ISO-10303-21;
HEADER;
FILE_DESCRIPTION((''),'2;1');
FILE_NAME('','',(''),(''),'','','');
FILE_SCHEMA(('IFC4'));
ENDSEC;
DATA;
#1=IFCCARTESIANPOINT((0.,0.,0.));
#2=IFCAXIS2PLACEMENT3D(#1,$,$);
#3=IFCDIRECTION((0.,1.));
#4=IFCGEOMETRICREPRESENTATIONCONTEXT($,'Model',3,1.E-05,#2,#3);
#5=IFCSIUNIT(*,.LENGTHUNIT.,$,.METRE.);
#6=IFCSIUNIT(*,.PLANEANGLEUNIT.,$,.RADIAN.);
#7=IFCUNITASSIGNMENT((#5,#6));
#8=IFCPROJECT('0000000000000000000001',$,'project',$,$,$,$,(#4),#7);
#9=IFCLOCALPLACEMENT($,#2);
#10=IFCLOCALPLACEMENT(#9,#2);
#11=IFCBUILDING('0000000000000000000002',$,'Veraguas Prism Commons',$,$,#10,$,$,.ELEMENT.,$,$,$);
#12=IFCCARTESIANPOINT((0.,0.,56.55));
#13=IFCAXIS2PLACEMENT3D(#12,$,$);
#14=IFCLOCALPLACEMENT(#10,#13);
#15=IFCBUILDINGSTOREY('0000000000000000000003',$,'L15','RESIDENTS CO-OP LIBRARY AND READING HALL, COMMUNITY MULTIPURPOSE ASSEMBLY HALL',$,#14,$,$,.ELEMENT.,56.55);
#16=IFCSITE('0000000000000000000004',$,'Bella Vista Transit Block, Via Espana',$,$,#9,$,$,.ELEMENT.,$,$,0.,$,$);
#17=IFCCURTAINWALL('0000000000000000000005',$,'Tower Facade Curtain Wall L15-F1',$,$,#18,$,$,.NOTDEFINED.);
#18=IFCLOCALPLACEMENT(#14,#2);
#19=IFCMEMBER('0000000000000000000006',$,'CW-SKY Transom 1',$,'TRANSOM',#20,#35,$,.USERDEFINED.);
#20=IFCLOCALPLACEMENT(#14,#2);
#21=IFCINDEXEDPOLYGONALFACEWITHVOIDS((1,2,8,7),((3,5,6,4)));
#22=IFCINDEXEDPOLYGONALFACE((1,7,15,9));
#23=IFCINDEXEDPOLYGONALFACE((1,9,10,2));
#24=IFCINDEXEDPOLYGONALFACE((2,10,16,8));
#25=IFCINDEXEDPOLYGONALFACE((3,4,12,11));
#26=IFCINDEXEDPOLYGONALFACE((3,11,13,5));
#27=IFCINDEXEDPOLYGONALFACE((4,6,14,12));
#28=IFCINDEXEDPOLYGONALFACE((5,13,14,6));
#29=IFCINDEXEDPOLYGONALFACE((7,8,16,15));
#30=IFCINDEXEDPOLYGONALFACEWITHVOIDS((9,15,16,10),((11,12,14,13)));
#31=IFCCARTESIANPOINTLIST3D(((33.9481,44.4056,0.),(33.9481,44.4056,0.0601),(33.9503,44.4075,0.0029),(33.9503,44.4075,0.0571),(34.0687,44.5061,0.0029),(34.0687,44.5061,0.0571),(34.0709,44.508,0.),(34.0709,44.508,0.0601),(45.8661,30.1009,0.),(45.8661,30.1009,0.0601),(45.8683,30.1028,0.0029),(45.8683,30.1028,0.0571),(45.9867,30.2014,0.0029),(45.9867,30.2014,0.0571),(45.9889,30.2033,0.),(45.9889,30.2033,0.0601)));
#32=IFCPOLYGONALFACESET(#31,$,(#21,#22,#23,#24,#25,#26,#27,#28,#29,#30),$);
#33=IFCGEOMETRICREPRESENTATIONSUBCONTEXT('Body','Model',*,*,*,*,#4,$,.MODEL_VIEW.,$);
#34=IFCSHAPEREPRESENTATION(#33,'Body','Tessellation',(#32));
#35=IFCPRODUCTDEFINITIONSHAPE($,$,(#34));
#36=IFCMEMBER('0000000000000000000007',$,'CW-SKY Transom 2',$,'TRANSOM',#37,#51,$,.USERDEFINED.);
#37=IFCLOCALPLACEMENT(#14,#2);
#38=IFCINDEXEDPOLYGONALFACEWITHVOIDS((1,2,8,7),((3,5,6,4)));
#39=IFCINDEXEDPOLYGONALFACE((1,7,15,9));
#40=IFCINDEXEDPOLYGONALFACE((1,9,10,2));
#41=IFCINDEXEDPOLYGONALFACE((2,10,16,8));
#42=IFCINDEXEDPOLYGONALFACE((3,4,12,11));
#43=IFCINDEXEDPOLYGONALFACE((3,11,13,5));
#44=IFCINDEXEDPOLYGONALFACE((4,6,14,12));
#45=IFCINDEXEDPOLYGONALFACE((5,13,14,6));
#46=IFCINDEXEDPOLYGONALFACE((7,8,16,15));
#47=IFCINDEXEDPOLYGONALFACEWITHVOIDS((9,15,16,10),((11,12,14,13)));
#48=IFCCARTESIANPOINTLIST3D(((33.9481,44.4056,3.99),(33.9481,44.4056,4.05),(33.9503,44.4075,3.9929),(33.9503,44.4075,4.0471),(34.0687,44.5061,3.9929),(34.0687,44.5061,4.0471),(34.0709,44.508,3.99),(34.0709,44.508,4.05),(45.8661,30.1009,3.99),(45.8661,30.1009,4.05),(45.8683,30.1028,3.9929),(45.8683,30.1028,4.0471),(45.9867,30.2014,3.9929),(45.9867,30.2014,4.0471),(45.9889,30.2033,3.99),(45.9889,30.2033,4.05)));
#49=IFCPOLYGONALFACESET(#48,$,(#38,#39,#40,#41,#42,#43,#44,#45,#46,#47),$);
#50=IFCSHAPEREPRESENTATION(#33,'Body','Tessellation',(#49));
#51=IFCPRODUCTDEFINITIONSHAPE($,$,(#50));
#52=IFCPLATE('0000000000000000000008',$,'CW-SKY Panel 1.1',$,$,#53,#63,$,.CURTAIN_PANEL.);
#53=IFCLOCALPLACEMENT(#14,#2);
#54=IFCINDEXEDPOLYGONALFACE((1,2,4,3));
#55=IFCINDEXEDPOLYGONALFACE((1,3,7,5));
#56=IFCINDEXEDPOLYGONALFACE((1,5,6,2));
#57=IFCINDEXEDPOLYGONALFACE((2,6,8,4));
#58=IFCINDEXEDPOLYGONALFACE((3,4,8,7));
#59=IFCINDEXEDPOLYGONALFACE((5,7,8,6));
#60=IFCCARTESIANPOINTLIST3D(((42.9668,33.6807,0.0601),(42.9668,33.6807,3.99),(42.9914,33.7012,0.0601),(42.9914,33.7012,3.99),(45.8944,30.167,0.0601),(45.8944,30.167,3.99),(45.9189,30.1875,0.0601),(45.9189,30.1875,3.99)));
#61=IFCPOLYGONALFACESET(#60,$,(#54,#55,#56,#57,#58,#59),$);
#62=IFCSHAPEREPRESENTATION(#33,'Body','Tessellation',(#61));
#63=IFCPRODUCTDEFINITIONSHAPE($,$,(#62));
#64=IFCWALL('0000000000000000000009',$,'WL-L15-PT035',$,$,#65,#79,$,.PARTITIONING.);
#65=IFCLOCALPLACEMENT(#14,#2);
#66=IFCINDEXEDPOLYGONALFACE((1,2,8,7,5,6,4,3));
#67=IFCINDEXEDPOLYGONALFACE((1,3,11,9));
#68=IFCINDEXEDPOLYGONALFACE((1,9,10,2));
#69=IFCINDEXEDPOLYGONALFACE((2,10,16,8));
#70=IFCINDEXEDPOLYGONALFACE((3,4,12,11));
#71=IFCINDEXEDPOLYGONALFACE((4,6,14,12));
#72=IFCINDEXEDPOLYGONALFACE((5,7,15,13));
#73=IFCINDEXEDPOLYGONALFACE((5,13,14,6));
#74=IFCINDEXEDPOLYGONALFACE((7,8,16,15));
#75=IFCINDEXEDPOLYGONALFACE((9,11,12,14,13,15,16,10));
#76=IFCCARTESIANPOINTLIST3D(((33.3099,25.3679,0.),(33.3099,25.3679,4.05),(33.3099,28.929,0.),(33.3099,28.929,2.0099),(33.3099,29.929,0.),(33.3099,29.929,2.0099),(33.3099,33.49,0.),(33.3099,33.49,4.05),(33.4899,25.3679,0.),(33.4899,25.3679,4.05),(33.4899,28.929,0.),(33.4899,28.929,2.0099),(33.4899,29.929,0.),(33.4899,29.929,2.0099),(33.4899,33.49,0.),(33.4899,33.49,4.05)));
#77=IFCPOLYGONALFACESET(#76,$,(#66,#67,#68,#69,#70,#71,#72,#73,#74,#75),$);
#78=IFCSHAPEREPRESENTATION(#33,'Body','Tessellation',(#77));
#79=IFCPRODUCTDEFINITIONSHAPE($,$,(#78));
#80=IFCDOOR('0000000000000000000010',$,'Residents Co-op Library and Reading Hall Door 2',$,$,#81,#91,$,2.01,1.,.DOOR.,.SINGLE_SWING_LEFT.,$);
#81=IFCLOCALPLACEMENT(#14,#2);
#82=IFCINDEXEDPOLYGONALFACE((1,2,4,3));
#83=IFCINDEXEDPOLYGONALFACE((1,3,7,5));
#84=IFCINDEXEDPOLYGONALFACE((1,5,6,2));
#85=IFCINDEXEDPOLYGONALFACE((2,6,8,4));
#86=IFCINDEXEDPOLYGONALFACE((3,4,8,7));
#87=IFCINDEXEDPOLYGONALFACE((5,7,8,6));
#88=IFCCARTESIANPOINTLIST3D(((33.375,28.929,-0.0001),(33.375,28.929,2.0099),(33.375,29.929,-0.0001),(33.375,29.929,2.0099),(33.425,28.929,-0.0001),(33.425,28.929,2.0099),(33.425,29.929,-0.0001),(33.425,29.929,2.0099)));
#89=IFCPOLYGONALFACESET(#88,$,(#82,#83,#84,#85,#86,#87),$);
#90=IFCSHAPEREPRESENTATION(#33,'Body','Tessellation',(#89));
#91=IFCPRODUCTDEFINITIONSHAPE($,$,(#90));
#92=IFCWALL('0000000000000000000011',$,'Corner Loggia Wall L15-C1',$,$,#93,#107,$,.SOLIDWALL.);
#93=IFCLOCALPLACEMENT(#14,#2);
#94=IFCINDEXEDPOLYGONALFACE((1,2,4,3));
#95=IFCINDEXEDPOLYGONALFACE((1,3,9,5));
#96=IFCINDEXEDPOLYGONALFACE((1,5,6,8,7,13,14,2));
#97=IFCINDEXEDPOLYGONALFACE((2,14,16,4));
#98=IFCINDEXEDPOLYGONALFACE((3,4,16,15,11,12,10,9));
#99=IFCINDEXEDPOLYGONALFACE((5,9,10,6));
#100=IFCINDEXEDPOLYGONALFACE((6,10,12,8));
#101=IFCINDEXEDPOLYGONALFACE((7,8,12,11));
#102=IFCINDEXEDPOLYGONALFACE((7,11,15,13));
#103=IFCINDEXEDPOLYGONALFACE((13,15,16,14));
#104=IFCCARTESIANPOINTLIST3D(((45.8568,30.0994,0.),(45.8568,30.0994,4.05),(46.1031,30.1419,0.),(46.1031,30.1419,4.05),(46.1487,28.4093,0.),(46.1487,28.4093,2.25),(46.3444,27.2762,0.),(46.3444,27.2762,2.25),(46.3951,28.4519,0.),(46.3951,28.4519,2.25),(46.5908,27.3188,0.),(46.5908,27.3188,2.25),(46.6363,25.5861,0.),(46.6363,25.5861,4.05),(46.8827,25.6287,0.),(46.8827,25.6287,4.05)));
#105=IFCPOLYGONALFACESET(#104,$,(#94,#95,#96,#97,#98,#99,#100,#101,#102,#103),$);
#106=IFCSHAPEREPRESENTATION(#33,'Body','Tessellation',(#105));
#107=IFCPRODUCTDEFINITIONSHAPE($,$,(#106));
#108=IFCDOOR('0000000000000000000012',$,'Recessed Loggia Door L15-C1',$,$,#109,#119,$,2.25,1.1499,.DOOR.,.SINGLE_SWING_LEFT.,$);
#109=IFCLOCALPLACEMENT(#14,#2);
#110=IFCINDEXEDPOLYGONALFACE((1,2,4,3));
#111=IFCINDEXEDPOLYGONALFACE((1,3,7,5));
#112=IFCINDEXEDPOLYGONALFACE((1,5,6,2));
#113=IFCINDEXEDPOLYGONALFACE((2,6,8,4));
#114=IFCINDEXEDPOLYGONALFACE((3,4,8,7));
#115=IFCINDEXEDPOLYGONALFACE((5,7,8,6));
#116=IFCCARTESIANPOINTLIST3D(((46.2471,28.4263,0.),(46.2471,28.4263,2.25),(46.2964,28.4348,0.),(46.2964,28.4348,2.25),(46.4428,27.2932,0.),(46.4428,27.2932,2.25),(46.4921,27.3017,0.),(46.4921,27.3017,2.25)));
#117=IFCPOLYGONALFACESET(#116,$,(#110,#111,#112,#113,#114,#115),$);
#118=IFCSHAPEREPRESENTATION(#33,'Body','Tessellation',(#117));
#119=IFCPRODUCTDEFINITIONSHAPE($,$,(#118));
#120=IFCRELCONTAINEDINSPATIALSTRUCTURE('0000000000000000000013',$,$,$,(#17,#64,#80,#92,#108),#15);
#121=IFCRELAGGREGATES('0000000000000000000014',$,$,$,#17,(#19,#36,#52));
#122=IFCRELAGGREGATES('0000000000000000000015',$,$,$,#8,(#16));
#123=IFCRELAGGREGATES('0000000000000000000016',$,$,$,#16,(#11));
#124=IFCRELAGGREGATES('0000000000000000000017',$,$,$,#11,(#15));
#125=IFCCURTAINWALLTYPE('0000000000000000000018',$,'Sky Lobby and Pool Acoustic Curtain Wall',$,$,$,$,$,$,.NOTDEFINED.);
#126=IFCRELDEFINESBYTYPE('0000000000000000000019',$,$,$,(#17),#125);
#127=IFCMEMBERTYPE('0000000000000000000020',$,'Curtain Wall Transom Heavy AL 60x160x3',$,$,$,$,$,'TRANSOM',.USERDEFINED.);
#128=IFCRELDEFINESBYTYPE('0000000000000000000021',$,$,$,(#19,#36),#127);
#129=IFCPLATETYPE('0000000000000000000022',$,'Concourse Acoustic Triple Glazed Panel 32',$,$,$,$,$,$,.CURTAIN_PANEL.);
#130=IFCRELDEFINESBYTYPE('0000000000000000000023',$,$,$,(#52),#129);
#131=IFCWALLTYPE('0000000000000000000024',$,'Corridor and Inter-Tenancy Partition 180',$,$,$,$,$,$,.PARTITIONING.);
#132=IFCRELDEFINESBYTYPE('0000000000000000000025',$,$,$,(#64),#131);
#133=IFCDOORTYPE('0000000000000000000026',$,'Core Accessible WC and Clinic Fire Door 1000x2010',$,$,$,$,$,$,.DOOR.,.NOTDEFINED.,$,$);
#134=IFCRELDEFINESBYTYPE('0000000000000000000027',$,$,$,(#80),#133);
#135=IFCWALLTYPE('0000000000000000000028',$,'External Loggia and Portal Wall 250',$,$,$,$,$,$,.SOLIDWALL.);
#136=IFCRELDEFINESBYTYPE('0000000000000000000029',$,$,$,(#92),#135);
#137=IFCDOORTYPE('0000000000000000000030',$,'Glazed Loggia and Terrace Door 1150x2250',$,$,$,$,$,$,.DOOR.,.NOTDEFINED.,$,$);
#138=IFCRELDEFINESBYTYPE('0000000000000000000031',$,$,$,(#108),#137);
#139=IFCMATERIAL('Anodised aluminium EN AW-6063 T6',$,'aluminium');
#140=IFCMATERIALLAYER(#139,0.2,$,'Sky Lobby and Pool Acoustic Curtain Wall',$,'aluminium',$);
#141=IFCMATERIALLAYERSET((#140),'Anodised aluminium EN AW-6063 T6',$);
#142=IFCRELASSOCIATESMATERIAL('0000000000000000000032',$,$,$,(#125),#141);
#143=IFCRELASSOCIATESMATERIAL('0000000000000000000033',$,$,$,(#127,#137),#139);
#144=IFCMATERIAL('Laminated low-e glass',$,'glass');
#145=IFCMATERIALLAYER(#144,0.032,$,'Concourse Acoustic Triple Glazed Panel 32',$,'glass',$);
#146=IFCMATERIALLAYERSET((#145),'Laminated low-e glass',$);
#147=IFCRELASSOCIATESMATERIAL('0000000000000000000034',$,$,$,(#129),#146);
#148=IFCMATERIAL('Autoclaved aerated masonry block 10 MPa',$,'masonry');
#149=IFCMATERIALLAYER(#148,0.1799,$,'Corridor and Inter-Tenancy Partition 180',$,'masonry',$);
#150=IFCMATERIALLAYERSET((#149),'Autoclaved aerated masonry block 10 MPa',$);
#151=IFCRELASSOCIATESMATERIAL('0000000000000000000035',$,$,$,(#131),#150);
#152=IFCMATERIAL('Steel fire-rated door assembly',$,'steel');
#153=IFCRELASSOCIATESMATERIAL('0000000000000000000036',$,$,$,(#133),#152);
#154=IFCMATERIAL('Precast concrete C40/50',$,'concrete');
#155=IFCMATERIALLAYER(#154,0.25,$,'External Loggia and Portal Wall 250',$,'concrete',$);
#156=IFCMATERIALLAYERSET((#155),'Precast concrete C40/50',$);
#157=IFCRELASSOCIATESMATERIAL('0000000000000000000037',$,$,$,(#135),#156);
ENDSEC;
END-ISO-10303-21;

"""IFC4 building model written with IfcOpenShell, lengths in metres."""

from ifc_helpers import new_model, si_unit, direction, frame, frame_2d, origin, origin_2d, place, context, subcontext, project, spatial, rectangle, hollow_rectangle, extrude, source, transform, mapped, material, layer, layer_set, material_profile, profile_set, type_object, element, fill, aggregate, save


model = new_model("IFC4")

# Units and contexts
model_context = context("Model", 3, precision=1e-05, world=origin(), true_north=direction((0.0, 1.0)))
body_context = subcontext(model_context, "Body", "Model", "MODEL_VIEW")
ifc_project = project(units=[si_unit("LENGTHUNIT", "METRE"), si_unit("PLANEANGLEUNIT", "RADIAN")], contexts=[model_context])

# Site, building, storey
site_placement = place(None, origin())
site = spatial("IfcSite", under=ifc_project, at=site_placement, Name="Bella Vista Transit Block, Via Espana", CompositionType="ELEMENT", RefElevation=0.0)
building_placement = place(site_placement, origin())
building = spatial("IfcBuilding", under=site, at=building_placement, Name="Veraguas Prism Commons", CompositionType="ELEMENT")
storey_placement = place(building_placement, frame((0.0, 0.0, 56.55)))
storey = spatial("IfcBuildingStorey", under=building, at=storey_placement, Name="L15", Description="RESIDENTS CO-OP LIBRARY AND READING HALL, COMMUNITY MULTIPURPOSE ASSEMBLY HALL", CompositionType="ELEMENT", Elevation=56.55)

# Curtain wall
ifc_material_1 = material(Name="Anodised aluminium EN AW-6063 T6", Category="aluminium")
ifc_layer_1 = layer(ifc_material_1, 0.2, Name="Sky Lobby and Pool Acoustic Curtain Wall", Category="aluminium")
ifc_layer_set_1 = layer_set([ifc_layer_1], Name="Anodised aluminium EN AW-6063 T6")
curtain_wall_type = type_object("IfcCurtainWallType", Name="Sky Lobby and Pool Acoustic Curtain Wall", PredefinedType="NOTDEFINED", material=ifc_layer_set_1)
curtain_wall_1_placement = place(storey_placement, origin())
curtain_wall_1 = element("IfcCurtainWall", 1, at=curtain_wall_1_placement, inside=storey, type_object=curtain_wall_type, Name="Tower Facade Curtain Wall L15-F1", PredefinedType="NOTDEFINED")

# Members
ifc_material_profile_1 = material_profile(ifc_material_1, hollow_rectangle(XDim=0.0601, YDim=0.1599, WallThickness=0.0029, at=origin_2d()), Name="AL60X160X3")
ifc_profile_set_1 = profile_set([ifc_material_profile_1], Name="Anodised aluminium EN AW-6063 T6")
member_type_1 = type_object("IfcMemberType", Name="Curtain Wall Transom Heavy AL 60x160x3", ElementType="TRANSOM", PredefinedType="USERDEFINED", material=ifc_profile_set_1)
shared_shape_1 = source(origin(), body_context, "Body", "SweptSolid", [
    extrude(hollow_rectangle(XDim=0.0601, YDim=0.1599, WallThickness=0.0029, at=origin_2d()), origin(), (0.0, 0.0, 1.0), 18.6189),
])
member_1_placement = place(storey_placement, frame((45.9275, 30.1521, 0.03), z_axis=(-0.640102, 0.76829, 0.0), x_axis=(0.0, 0.0, 1.0)))
member_1 = element("IfcMember", 2, at=member_1_placement, type_object=member_type_1, Name="CW-SKY Transom 1", ObjectType="TRANSOM", PredefinedType="USERDEFINED", context=body_context, shape_type="MappedRepresentation", body=[
    mapped(shared_shape_1, transform((0.0, 0.0, 0.0), scale=1.0)),
])
member_2_placement = place(storey_placement, frame((45.9275, 30.1521, 4.02), z_axis=(-0.640102, 0.76829, 0.0), x_axis=(0.0, 0.0, 1.0)))
member_2 = element("IfcMember", 3, at=member_2_placement, type_object=member_type_1, Name="CW-SKY Transom 2", ObjectType="TRANSOM", PredefinedType="USERDEFINED", context=body_context, shape_type="MappedRepresentation", body=[
    mapped(shared_shape_1, transform((0.0, 0.0, 0.0), scale=1.0)),
])

# Plate
ifc_material_2 = material(Name="Laminated low-e glass", Category="glass")
ifc_layer_2 = layer(ifc_material_2, 0.032, Name="Concourse Acoustic Triple Glazed Panel 32", Category="glass")
ifc_layer_set_2 = layer_set([ifc_layer_2], Name="Laminated low-e glass")
plate_type = type_object("IfcPlateType", Name="Concourse Acoustic Triple Glazed Panel 32", PredefinedType="CURTAIN_PANEL", material=ifc_layer_set_2)
shared_shape_2 = source(origin(), body_context, "Body", "SweptSolid", [
    extrude(rectangle(XDim=4.5735, YDim=0.032, at=origin_2d()), origin(), (0.0, 0.0, 1.0), 3.9299),
])
plate_placement = place(storey_placement, frame((44.4429, 31.9341, 0.0601), z_axis=(0.0, 0.0, 1.0), x_axis=(-0.64011, 0.768284, 0.0)))
plate = element("IfcPlate", 4, at=plate_placement, type_object=plate_type, Name="CW-SKY Panel 1.1", PredefinedType="CURTAIN_PANEL", context=body_context, shape_type="MappedRepresentation", body=[
    mapped(shared_shape_2, transform((0.0, 0.0, 0.0), scale=1.0)),
])
aggregate(curtain_wall_1, [member_1, member_2, plate])

# Walls, openings, doors
ifc_material_3 = material(Name="Autoclaved aerated masonry block 10 MPa", Category="masonry")
ifc_layer_3 = layer(ifc_material_3, 0.1799, Name="Corridor and Inter-Tenancy Partition 180", Category="masonry")
ifc_layer_set_3 = layer_set([ifc_layer_3], Name="Autoclaved aerated masonry block 10 MPa")
wall_type_1 = type_object("IfcWallType", Name="Corridor and Inter-Tenancy Partition 180", PredefinedType="PARTITIONING", material=ifc_layer_set_3)
wall_1_placement = place(storey_placement, frame((33.3999, 25.3679, 0.0), z_axis=(0.0, 0.0, 1.0), x_axis=(0.0, 1.0, 0.0)))
wall_1 = element("IfcWall", 5, at=wall_1_placement, inside=storey, type_object=wall_type_1, Name="WL-L15-PT035", PredefinedType="PARTITIONING", context=body_context, shape_type="SweptSolid", body=[
    extrude(rectangle(XDim=8.1221, YDim=0.1799, at=frame_2d((4.061, 0.0))), origin(), (0.0, 0.0, 1.0), 4.05),
])
opening_1_placement = place(wall_1_placement, frame((3.561, 0.0, 0.0)))
opening_1 = element("IfcOpeningElement", 6, at=opening_1_placement, cuts=wall_1, PredefinedType="OPENING", context=body_context, shape_type="SweptSolid", body=[
    extrude(rectangle(XDim=1.0, YDim=2.01, at=frame_2d((0.5, 1.0049))), frame((0.0, 0.0999, 0.0), z_axis=(0.0, -1.0, 0.0), x_axis=(1.0, 0.0, 0.0)), (0.0, 0.0, 1.0), 0.2),
])
ifc_material_4 = material(Name="Steel fire-rated door assembly", Category="steel")
door_type_1 = type_object("IfcDoorType", Name="Core Accessible WC and Clinic Fire Door 1000x2010", OperationType="NOTDEFINED", PredefinedType="DOOR", material=ifc_material_4)
shared_shape_3 = source(origin(), body_context, "Body", "SweptSolid", [
    extrude(rectangle(XDim=1.0, YDim=2.01, at=frame_2d((0.5, 1.0049))), frame((0.0, 0.0249, 0.0), z_axis=(0.0, -1.0, 0.0), x_axis=(1.0, 0.0, 0.0)), (0.0, 0.0, 1.0), 0.05),
])
door_1_placement = place(opening_1_placement, origin())
door_1 = element("IfcDoor", 7, at=door_1_placement, inside=storey, type_object=door_type_1, Name="Residents Co-op Library and Reading Hall Door 2", OperationType="SINGLE_SWING_LEFT", OverallHeight=2.01, OverallWidth=1.0, PredefinedType="DOOR", context=body_context, shape_type="MappedRepresentation", body=[
    mapped(shared_shape_3, transform((0.0, 0.0, 0.0), scale=1.0)),
])
fill(opening_1, door_1)
ifc_material_5 = material(Name="Precast concrete C40/50", Category="concrete")
ifc_layer_4 = layer(ifc_material_5, 0.25, Name="External Loggia and Portal Wall 250", Category="concrete")
ifc_layer_set_4 = layer_set([ifc_layer_4], Name="Precast concrete C40/50")
wall_type_2 = type_object("IfcWallType", Name="External Loggia and Portal Wall 250", PredefinedType="SOLIDWALL", material=ifc_layer_set_4)
wall_2_placement = place(storey_placement, frame((46.7595, 25.6074, 0.0), z_axis=(0.0, 0.0, 1.0), x_axis=(-0.170205, 0.985409, 0.0)))
wall_2 = element("IfcWall", 8, at=wall_2_placement, inside=storey, type_object=wall_type_2, Name="Corner Loggia Wall L15-C1", PredefinedType="SOLIDWALL", context=body_context, shape_type="SweptSolid", body=[
    extrude(rectangle(XDim=4.5801, YDim=0.25, at=frame_2d((2.29, 0.0))), origin(), (0.0, 0.0, 1.0), 4.05),
])
opening_2_placement = place(wall_2_placement, frame((1.7151, 0.0, 0.0)))
opening_2 = element("IfcOpeningElement", 9, at=opening_2_placement, cuts=wall_2, PredefinedType="OPENING", context=body_context, shape_type="SweptSolid", body=[
    extrude(rectangle(XDim=1.1499, YDim=2.25, at=frame_2d((0.575, 1.125))), frame((0.0, 0.135, 0.0), z_axis=(0.0, -1.0, 0.0), x_axis=(1.0, 0.0, 0.0)), (0.0, 0.0, 1.0), 0.27),
])
door_type_2 = type_object("IfcDoorType", Name="Glazed Loggia and Terrace Door 1150x2250", OperationType="NOTDEFINED", PredefinedType="DOOR", material=ifc_material_1)
shared_shape_4 = source(origin(), body_context, "Body", "SweptSolid", [
    extrude(rectangle(XDim=1.1499, YDim=2.25, at=frame_2d((0.575, 1.125))), frame((0.0, 0.0249, 0.0), z_axis=(0.0, -1.0, 0.0), x_axis=(1.0, 0.0, 0.0)), (0.0, 0.0, 1.0), 0.05),
])
door_2_placement = place(opening_2_placement, frame((1.1499, 0.0, 0.0), z_axis=(0.0, 0.0, 1.0), x_axis=(-1.0, 0.0, 0.0)))
door_2 = element("IfcDoor", 10, at=door_2_placement, inside=storey, type_object=door_type_2, Name="Recessed Loggia Door L15-C1", OperationType="SINGLE_SWING_LEFT", OverallHeight=2.25, OverallWidth=1.1499, PredefinedType="DOOR", context=body_context, shape_type="MappedRepresentation", body=[
    mapped(shared_shape_4, transform((0.0, 0.0, 0.0), scale=1.0)),
])
fill(opening_2, door_2)

save(model, "model.ifc")
